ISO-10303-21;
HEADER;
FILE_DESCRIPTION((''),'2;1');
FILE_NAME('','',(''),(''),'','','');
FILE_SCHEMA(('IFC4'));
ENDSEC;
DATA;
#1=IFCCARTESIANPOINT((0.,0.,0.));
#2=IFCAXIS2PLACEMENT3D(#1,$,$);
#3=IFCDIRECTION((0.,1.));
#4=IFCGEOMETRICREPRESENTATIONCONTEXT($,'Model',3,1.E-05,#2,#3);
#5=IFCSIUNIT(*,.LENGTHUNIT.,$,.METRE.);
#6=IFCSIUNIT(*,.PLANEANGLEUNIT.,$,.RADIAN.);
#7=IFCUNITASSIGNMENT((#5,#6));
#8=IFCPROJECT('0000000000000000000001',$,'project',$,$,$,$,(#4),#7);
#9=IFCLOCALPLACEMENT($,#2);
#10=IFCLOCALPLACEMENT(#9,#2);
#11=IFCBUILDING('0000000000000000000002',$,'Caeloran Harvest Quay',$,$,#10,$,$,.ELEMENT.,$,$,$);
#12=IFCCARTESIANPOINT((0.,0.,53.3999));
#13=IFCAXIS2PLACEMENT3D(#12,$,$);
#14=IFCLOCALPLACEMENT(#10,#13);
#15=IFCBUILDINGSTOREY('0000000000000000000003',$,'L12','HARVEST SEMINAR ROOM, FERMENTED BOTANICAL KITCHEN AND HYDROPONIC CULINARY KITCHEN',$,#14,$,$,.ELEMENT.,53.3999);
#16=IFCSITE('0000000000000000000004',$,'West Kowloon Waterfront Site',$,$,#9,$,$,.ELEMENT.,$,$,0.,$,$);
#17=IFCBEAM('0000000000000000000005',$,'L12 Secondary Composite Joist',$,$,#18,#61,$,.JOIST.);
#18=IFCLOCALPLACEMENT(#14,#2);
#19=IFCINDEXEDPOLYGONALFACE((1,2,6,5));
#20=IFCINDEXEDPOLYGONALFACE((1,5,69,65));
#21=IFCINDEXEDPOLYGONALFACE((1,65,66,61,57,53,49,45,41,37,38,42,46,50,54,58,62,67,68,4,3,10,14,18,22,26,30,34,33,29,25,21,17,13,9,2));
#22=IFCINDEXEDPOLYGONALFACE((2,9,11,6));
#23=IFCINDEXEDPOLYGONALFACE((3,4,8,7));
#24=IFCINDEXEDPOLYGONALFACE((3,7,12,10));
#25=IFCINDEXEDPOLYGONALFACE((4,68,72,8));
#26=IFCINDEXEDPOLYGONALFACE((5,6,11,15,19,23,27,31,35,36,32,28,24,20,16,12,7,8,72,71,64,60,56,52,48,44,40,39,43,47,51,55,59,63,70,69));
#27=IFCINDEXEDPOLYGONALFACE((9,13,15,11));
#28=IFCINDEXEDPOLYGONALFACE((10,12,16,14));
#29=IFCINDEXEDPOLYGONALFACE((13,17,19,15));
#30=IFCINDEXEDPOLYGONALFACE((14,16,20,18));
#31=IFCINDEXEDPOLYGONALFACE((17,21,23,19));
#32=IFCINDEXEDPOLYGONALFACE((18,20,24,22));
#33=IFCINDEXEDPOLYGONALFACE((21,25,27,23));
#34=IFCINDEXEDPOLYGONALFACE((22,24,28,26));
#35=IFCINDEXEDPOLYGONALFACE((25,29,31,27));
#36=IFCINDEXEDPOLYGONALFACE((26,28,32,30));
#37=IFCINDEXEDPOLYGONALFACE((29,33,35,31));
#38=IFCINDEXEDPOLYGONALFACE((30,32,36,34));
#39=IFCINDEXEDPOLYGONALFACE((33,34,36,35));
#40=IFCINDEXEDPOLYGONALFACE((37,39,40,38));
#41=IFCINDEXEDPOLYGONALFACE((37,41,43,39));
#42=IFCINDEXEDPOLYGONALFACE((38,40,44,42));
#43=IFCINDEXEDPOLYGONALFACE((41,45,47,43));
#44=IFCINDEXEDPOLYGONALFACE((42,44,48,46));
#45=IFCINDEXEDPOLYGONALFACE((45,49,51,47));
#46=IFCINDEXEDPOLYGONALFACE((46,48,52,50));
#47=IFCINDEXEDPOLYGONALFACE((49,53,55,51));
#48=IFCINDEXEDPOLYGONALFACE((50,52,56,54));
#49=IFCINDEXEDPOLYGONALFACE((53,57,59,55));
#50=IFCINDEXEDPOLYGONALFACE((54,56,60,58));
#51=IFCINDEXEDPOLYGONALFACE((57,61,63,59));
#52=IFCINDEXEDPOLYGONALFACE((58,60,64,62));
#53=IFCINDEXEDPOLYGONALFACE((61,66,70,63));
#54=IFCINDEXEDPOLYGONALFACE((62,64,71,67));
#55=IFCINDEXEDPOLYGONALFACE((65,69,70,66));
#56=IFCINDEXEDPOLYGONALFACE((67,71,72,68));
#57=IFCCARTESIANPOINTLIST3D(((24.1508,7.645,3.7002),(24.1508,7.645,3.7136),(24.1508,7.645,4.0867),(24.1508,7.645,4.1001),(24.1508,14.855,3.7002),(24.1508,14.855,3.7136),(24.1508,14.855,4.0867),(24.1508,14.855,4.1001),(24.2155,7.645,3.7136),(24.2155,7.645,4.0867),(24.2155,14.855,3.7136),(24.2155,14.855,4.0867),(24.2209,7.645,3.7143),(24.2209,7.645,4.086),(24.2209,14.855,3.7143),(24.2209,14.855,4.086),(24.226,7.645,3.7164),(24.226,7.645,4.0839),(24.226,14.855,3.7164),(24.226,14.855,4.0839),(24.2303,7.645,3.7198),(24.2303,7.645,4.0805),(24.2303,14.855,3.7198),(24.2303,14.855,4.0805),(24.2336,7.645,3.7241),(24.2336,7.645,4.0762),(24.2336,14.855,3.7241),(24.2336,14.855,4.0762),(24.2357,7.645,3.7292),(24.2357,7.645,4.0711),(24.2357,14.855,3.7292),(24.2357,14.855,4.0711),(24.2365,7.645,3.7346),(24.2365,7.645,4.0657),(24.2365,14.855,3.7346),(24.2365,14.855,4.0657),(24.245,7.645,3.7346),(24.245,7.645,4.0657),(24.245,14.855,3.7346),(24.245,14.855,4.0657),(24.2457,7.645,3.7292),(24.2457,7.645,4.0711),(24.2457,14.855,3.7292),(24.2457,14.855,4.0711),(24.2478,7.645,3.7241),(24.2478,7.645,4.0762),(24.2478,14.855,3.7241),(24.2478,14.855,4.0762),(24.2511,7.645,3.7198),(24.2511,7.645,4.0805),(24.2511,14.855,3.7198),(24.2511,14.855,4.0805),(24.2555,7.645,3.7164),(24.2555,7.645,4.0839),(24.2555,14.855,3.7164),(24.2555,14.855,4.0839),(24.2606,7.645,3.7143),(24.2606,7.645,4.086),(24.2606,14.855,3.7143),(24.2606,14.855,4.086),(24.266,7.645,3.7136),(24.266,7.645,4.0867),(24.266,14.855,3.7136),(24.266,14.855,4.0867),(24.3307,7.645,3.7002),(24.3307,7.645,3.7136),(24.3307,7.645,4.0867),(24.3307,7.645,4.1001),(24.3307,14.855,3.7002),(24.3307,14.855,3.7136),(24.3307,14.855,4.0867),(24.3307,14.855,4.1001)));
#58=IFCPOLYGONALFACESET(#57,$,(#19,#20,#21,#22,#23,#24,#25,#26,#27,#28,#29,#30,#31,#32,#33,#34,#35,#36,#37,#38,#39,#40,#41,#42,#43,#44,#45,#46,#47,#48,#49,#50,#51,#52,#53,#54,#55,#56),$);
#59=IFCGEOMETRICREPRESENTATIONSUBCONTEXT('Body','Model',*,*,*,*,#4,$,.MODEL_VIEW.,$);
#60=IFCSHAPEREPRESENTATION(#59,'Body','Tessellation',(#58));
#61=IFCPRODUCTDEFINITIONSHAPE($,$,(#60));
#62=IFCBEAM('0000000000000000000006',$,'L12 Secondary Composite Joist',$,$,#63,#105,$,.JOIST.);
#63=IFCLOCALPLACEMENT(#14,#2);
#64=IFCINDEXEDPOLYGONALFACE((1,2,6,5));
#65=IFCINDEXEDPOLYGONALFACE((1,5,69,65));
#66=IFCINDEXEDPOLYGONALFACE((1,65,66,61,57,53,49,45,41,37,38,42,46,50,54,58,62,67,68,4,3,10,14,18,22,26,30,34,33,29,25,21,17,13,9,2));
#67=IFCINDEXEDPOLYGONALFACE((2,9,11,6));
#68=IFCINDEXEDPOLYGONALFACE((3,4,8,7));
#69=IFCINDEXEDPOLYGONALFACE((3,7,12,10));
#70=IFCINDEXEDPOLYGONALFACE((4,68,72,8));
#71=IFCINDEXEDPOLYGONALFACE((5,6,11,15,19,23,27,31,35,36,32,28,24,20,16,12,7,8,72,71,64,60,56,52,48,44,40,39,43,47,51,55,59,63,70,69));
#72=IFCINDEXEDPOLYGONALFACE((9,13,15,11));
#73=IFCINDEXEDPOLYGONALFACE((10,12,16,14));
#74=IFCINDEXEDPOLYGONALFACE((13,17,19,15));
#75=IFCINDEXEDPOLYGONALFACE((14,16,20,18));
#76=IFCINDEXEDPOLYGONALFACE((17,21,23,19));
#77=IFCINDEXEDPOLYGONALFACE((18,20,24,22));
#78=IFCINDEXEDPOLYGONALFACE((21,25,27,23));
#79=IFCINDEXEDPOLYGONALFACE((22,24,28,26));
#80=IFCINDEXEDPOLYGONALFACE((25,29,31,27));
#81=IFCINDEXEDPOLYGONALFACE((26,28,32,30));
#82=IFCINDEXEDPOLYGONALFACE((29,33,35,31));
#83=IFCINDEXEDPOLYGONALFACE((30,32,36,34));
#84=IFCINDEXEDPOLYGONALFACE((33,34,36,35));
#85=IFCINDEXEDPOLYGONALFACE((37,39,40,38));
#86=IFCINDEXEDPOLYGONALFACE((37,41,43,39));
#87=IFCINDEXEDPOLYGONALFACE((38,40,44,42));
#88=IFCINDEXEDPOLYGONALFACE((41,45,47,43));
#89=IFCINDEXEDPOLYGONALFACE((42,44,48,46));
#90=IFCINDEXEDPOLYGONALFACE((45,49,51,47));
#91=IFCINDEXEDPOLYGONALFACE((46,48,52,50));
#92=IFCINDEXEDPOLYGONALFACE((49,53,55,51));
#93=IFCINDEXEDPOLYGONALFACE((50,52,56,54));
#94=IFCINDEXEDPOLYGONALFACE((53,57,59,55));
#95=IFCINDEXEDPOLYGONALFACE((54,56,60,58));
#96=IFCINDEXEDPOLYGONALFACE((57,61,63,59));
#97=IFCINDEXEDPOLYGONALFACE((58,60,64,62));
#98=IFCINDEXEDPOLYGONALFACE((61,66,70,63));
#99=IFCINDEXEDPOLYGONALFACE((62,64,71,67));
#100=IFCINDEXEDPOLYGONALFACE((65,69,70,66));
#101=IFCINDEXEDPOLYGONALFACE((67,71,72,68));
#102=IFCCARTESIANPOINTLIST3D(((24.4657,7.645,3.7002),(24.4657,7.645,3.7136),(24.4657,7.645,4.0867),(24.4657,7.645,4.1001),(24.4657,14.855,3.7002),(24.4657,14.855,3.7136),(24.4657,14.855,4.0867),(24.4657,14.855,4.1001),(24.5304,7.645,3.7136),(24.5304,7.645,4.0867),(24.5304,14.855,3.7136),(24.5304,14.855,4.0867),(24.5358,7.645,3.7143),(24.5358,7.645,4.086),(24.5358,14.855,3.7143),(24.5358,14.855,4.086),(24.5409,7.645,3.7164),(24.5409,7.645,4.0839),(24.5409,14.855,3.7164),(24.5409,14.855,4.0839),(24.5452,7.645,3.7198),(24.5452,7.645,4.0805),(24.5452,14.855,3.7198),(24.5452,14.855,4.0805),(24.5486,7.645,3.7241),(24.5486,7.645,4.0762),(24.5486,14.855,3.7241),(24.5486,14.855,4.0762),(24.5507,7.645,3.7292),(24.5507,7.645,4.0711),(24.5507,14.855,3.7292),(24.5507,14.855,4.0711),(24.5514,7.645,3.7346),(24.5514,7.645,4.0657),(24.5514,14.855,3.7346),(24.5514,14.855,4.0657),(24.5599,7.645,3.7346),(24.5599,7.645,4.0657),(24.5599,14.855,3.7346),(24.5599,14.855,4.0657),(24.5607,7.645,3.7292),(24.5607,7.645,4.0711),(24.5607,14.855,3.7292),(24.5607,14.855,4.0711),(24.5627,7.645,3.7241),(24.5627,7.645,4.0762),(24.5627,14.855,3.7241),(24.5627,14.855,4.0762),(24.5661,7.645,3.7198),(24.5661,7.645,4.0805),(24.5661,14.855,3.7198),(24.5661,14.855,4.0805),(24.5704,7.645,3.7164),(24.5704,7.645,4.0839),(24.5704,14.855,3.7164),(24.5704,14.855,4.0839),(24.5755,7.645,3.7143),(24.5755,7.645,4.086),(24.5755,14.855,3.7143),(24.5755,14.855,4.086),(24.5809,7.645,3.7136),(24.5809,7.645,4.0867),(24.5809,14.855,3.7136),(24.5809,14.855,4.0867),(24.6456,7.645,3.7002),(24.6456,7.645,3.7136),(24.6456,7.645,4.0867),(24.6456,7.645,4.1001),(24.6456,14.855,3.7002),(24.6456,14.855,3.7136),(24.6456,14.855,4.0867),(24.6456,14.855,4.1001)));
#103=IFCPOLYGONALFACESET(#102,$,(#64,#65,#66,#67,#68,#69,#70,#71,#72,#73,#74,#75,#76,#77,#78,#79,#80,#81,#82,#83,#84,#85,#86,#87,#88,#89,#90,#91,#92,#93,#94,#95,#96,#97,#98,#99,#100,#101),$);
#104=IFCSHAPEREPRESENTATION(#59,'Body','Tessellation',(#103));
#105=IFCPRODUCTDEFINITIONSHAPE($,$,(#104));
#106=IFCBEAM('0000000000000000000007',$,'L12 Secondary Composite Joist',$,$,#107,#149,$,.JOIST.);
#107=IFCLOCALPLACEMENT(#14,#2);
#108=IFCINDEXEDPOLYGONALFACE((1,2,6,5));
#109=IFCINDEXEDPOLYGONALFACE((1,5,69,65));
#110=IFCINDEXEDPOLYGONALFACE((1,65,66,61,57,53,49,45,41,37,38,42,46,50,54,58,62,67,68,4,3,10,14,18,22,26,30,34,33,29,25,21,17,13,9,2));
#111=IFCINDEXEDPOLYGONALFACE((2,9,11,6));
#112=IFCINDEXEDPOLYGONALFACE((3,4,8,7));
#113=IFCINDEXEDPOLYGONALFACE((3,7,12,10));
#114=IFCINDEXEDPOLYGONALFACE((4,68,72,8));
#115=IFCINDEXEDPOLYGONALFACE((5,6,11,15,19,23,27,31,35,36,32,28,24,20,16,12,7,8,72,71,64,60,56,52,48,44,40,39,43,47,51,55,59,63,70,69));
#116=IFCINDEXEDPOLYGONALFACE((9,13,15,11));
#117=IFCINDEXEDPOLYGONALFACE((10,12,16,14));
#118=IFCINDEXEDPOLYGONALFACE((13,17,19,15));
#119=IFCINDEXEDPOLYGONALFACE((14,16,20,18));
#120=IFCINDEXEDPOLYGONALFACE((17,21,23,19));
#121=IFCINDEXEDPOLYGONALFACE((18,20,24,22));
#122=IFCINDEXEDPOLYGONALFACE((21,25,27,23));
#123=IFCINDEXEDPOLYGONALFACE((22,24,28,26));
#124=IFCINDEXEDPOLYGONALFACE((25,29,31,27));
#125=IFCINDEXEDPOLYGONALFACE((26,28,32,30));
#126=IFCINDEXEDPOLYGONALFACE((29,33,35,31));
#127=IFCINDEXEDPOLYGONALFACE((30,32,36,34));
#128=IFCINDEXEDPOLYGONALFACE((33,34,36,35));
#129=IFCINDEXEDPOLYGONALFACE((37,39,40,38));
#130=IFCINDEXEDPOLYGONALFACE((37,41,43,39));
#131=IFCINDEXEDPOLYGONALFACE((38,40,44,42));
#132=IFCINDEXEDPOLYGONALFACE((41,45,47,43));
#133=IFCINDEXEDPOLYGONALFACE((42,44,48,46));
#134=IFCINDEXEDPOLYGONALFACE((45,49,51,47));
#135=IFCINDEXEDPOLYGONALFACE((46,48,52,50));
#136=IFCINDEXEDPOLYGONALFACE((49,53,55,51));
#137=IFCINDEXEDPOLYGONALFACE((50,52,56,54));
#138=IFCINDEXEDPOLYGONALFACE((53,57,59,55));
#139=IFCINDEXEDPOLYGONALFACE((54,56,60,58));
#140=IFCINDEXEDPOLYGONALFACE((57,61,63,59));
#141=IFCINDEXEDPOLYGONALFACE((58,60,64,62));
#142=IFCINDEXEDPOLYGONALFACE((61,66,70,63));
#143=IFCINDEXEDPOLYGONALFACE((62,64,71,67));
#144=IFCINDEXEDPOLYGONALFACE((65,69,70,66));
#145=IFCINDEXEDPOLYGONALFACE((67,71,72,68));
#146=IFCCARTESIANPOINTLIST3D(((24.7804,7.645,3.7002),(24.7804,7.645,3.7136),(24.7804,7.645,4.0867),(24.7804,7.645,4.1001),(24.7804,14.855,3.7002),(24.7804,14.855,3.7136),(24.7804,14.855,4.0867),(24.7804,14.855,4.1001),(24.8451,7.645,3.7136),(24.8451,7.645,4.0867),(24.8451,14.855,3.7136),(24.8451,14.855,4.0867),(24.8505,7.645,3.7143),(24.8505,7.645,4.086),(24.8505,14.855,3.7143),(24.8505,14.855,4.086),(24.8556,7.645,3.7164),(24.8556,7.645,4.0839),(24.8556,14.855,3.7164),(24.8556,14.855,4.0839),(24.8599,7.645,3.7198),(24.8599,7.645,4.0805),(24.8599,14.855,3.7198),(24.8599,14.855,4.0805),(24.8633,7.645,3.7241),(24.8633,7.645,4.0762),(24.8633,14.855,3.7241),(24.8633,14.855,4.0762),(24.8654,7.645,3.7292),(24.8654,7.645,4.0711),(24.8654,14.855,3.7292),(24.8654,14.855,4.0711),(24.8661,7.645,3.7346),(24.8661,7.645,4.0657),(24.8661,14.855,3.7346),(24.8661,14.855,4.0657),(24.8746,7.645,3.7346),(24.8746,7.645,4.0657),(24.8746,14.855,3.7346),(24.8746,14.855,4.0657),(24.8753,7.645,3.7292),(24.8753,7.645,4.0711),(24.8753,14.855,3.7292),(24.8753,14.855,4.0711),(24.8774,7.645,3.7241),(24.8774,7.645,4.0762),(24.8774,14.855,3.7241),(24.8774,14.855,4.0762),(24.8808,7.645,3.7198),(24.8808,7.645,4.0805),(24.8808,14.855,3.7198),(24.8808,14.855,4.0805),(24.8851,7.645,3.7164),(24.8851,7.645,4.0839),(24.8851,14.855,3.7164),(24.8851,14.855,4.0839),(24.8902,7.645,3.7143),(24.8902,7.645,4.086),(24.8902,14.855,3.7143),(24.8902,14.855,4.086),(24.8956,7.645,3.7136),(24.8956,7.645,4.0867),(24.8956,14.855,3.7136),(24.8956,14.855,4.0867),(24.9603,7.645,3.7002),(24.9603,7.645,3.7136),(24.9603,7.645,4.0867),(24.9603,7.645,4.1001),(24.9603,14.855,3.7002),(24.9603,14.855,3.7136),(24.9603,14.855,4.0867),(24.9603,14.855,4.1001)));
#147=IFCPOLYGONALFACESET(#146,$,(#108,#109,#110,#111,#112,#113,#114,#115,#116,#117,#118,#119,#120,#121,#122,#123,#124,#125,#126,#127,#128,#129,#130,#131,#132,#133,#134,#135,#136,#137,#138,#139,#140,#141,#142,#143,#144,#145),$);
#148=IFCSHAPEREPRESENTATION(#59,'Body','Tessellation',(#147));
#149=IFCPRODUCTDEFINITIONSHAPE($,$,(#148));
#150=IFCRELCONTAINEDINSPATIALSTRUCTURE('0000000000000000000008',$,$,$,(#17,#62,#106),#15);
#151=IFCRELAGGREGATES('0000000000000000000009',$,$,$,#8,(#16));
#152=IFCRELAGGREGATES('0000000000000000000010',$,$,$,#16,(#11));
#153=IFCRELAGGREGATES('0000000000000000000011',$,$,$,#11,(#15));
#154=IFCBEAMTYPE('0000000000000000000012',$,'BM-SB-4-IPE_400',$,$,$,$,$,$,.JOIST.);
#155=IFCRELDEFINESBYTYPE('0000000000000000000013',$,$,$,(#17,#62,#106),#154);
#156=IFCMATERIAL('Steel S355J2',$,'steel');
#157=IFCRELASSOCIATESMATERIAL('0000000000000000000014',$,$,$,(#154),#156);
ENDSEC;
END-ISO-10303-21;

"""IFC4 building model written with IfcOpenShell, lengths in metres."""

from ifc_helpers import new_model, si_unit, direction, frame, origin, origin_2d, place, context, subcontext, project, spatial, i_section, extrude, material, material_profile, profile_set, type_object, element, save


model = new_model("IFC4")

# Units and contexts
model_context = context("Model", 3, precision=1e-05, world=origin(), true_north=direction((0.0, 1.0)))
body_context = subcontext(model_context, "Body", "Model", "MODEL_VIEW")
ifc_project = project(units=[si_unit("LENGTHUNIT", "METRE"), si_unit("PLANEANGLEUNIT", "RADIAN")], contexts=[model_context])

# Site, building, storey
site_placement = place(None, origin())
site = spatial("IfcSite", under=ifc_project, at=site_placement, Name="West Kowloon Waterfront Site", CompositionType="ELEMENT", RefElevation=0.0)
building_placement = place(site_placement, origin())
building = spatial("IfcBuilding", under=site, at=building_placement, Name="Caeloran Harvest Quay", CompositionType="ELEMENT")
storey_placement = place(building_placement, frame((0.0, 0.0, 53.3999)))
storey = spatial("IfcBuildingStorey", under=building, at=storey_placement, Name="L12", Description="HARVEST SEMINAR ROOM, FERMENTED BOTANICAL KITCHEN AND HYDROPONIC CULINARY KITCHEN", CompositionType="ELEMENT", Elevation=53.3999)

# Beams
ifc_material_1 = material(Name="Steel S355J2", Category="steel")
ifc_material_profile_1 = material_profile(ifc_material_1, i_section(OverallWidth=0.1799, OverallDepth=0.3999, WebThickness=0.0085, FlangeThickness=0.0134, FilletRadius=0.021, at=origin_2d()), Name="IPE 400")
ifc_profile_set_1 = profile_set([ifc_material_profile_1], Name="Steel S355J2")
beam_type_1 = type_object("IfcBeamType", Name="BM-SB-4-IPE_400", PredefinedType="JOIST", material=ifc_profile_set_1)
for number, where, z_axis, x_axis, name in (
    (1, (24.2407, 7.645, 3.9001), (0.0, 1.0, 0.0), (-1.0, 0.0, 0.0), "L12 Secondary Composite Joist"),
    (2, (24.5557, 7.645, 3.9001), (0.0, 1.0, 0.0), (-1.0, 0.0, 0.0), "L12 Secondary Composite Joist"),
    (3, (24.8704, 7.645, 3.9001), (0.0, 1.0, 0.0), (-1.0, 0.0, 0.0), "L12 Secondary Composite Joist"),
):
    element("IfcBeam", number, at=place(storey_placement, frame(where, z_axis=z_axis, x_axis=x_axis)), inside=storey, type_object=beam_type_1, Name=name, PredefinedType="JOIST", context=body_context, shape_type="SweptSolid", body=[
        extrude(i_section(OverallWidth=0.1799, OverallDepth=0.3999, WebThickness=0.0085, FlangeThickness=0.0134, FilletRadius=0.021, at=origin_2d()), origin(), (0.0, 0.0, 1.0), 7.21),
    ])

save(model, "model.ifc")
